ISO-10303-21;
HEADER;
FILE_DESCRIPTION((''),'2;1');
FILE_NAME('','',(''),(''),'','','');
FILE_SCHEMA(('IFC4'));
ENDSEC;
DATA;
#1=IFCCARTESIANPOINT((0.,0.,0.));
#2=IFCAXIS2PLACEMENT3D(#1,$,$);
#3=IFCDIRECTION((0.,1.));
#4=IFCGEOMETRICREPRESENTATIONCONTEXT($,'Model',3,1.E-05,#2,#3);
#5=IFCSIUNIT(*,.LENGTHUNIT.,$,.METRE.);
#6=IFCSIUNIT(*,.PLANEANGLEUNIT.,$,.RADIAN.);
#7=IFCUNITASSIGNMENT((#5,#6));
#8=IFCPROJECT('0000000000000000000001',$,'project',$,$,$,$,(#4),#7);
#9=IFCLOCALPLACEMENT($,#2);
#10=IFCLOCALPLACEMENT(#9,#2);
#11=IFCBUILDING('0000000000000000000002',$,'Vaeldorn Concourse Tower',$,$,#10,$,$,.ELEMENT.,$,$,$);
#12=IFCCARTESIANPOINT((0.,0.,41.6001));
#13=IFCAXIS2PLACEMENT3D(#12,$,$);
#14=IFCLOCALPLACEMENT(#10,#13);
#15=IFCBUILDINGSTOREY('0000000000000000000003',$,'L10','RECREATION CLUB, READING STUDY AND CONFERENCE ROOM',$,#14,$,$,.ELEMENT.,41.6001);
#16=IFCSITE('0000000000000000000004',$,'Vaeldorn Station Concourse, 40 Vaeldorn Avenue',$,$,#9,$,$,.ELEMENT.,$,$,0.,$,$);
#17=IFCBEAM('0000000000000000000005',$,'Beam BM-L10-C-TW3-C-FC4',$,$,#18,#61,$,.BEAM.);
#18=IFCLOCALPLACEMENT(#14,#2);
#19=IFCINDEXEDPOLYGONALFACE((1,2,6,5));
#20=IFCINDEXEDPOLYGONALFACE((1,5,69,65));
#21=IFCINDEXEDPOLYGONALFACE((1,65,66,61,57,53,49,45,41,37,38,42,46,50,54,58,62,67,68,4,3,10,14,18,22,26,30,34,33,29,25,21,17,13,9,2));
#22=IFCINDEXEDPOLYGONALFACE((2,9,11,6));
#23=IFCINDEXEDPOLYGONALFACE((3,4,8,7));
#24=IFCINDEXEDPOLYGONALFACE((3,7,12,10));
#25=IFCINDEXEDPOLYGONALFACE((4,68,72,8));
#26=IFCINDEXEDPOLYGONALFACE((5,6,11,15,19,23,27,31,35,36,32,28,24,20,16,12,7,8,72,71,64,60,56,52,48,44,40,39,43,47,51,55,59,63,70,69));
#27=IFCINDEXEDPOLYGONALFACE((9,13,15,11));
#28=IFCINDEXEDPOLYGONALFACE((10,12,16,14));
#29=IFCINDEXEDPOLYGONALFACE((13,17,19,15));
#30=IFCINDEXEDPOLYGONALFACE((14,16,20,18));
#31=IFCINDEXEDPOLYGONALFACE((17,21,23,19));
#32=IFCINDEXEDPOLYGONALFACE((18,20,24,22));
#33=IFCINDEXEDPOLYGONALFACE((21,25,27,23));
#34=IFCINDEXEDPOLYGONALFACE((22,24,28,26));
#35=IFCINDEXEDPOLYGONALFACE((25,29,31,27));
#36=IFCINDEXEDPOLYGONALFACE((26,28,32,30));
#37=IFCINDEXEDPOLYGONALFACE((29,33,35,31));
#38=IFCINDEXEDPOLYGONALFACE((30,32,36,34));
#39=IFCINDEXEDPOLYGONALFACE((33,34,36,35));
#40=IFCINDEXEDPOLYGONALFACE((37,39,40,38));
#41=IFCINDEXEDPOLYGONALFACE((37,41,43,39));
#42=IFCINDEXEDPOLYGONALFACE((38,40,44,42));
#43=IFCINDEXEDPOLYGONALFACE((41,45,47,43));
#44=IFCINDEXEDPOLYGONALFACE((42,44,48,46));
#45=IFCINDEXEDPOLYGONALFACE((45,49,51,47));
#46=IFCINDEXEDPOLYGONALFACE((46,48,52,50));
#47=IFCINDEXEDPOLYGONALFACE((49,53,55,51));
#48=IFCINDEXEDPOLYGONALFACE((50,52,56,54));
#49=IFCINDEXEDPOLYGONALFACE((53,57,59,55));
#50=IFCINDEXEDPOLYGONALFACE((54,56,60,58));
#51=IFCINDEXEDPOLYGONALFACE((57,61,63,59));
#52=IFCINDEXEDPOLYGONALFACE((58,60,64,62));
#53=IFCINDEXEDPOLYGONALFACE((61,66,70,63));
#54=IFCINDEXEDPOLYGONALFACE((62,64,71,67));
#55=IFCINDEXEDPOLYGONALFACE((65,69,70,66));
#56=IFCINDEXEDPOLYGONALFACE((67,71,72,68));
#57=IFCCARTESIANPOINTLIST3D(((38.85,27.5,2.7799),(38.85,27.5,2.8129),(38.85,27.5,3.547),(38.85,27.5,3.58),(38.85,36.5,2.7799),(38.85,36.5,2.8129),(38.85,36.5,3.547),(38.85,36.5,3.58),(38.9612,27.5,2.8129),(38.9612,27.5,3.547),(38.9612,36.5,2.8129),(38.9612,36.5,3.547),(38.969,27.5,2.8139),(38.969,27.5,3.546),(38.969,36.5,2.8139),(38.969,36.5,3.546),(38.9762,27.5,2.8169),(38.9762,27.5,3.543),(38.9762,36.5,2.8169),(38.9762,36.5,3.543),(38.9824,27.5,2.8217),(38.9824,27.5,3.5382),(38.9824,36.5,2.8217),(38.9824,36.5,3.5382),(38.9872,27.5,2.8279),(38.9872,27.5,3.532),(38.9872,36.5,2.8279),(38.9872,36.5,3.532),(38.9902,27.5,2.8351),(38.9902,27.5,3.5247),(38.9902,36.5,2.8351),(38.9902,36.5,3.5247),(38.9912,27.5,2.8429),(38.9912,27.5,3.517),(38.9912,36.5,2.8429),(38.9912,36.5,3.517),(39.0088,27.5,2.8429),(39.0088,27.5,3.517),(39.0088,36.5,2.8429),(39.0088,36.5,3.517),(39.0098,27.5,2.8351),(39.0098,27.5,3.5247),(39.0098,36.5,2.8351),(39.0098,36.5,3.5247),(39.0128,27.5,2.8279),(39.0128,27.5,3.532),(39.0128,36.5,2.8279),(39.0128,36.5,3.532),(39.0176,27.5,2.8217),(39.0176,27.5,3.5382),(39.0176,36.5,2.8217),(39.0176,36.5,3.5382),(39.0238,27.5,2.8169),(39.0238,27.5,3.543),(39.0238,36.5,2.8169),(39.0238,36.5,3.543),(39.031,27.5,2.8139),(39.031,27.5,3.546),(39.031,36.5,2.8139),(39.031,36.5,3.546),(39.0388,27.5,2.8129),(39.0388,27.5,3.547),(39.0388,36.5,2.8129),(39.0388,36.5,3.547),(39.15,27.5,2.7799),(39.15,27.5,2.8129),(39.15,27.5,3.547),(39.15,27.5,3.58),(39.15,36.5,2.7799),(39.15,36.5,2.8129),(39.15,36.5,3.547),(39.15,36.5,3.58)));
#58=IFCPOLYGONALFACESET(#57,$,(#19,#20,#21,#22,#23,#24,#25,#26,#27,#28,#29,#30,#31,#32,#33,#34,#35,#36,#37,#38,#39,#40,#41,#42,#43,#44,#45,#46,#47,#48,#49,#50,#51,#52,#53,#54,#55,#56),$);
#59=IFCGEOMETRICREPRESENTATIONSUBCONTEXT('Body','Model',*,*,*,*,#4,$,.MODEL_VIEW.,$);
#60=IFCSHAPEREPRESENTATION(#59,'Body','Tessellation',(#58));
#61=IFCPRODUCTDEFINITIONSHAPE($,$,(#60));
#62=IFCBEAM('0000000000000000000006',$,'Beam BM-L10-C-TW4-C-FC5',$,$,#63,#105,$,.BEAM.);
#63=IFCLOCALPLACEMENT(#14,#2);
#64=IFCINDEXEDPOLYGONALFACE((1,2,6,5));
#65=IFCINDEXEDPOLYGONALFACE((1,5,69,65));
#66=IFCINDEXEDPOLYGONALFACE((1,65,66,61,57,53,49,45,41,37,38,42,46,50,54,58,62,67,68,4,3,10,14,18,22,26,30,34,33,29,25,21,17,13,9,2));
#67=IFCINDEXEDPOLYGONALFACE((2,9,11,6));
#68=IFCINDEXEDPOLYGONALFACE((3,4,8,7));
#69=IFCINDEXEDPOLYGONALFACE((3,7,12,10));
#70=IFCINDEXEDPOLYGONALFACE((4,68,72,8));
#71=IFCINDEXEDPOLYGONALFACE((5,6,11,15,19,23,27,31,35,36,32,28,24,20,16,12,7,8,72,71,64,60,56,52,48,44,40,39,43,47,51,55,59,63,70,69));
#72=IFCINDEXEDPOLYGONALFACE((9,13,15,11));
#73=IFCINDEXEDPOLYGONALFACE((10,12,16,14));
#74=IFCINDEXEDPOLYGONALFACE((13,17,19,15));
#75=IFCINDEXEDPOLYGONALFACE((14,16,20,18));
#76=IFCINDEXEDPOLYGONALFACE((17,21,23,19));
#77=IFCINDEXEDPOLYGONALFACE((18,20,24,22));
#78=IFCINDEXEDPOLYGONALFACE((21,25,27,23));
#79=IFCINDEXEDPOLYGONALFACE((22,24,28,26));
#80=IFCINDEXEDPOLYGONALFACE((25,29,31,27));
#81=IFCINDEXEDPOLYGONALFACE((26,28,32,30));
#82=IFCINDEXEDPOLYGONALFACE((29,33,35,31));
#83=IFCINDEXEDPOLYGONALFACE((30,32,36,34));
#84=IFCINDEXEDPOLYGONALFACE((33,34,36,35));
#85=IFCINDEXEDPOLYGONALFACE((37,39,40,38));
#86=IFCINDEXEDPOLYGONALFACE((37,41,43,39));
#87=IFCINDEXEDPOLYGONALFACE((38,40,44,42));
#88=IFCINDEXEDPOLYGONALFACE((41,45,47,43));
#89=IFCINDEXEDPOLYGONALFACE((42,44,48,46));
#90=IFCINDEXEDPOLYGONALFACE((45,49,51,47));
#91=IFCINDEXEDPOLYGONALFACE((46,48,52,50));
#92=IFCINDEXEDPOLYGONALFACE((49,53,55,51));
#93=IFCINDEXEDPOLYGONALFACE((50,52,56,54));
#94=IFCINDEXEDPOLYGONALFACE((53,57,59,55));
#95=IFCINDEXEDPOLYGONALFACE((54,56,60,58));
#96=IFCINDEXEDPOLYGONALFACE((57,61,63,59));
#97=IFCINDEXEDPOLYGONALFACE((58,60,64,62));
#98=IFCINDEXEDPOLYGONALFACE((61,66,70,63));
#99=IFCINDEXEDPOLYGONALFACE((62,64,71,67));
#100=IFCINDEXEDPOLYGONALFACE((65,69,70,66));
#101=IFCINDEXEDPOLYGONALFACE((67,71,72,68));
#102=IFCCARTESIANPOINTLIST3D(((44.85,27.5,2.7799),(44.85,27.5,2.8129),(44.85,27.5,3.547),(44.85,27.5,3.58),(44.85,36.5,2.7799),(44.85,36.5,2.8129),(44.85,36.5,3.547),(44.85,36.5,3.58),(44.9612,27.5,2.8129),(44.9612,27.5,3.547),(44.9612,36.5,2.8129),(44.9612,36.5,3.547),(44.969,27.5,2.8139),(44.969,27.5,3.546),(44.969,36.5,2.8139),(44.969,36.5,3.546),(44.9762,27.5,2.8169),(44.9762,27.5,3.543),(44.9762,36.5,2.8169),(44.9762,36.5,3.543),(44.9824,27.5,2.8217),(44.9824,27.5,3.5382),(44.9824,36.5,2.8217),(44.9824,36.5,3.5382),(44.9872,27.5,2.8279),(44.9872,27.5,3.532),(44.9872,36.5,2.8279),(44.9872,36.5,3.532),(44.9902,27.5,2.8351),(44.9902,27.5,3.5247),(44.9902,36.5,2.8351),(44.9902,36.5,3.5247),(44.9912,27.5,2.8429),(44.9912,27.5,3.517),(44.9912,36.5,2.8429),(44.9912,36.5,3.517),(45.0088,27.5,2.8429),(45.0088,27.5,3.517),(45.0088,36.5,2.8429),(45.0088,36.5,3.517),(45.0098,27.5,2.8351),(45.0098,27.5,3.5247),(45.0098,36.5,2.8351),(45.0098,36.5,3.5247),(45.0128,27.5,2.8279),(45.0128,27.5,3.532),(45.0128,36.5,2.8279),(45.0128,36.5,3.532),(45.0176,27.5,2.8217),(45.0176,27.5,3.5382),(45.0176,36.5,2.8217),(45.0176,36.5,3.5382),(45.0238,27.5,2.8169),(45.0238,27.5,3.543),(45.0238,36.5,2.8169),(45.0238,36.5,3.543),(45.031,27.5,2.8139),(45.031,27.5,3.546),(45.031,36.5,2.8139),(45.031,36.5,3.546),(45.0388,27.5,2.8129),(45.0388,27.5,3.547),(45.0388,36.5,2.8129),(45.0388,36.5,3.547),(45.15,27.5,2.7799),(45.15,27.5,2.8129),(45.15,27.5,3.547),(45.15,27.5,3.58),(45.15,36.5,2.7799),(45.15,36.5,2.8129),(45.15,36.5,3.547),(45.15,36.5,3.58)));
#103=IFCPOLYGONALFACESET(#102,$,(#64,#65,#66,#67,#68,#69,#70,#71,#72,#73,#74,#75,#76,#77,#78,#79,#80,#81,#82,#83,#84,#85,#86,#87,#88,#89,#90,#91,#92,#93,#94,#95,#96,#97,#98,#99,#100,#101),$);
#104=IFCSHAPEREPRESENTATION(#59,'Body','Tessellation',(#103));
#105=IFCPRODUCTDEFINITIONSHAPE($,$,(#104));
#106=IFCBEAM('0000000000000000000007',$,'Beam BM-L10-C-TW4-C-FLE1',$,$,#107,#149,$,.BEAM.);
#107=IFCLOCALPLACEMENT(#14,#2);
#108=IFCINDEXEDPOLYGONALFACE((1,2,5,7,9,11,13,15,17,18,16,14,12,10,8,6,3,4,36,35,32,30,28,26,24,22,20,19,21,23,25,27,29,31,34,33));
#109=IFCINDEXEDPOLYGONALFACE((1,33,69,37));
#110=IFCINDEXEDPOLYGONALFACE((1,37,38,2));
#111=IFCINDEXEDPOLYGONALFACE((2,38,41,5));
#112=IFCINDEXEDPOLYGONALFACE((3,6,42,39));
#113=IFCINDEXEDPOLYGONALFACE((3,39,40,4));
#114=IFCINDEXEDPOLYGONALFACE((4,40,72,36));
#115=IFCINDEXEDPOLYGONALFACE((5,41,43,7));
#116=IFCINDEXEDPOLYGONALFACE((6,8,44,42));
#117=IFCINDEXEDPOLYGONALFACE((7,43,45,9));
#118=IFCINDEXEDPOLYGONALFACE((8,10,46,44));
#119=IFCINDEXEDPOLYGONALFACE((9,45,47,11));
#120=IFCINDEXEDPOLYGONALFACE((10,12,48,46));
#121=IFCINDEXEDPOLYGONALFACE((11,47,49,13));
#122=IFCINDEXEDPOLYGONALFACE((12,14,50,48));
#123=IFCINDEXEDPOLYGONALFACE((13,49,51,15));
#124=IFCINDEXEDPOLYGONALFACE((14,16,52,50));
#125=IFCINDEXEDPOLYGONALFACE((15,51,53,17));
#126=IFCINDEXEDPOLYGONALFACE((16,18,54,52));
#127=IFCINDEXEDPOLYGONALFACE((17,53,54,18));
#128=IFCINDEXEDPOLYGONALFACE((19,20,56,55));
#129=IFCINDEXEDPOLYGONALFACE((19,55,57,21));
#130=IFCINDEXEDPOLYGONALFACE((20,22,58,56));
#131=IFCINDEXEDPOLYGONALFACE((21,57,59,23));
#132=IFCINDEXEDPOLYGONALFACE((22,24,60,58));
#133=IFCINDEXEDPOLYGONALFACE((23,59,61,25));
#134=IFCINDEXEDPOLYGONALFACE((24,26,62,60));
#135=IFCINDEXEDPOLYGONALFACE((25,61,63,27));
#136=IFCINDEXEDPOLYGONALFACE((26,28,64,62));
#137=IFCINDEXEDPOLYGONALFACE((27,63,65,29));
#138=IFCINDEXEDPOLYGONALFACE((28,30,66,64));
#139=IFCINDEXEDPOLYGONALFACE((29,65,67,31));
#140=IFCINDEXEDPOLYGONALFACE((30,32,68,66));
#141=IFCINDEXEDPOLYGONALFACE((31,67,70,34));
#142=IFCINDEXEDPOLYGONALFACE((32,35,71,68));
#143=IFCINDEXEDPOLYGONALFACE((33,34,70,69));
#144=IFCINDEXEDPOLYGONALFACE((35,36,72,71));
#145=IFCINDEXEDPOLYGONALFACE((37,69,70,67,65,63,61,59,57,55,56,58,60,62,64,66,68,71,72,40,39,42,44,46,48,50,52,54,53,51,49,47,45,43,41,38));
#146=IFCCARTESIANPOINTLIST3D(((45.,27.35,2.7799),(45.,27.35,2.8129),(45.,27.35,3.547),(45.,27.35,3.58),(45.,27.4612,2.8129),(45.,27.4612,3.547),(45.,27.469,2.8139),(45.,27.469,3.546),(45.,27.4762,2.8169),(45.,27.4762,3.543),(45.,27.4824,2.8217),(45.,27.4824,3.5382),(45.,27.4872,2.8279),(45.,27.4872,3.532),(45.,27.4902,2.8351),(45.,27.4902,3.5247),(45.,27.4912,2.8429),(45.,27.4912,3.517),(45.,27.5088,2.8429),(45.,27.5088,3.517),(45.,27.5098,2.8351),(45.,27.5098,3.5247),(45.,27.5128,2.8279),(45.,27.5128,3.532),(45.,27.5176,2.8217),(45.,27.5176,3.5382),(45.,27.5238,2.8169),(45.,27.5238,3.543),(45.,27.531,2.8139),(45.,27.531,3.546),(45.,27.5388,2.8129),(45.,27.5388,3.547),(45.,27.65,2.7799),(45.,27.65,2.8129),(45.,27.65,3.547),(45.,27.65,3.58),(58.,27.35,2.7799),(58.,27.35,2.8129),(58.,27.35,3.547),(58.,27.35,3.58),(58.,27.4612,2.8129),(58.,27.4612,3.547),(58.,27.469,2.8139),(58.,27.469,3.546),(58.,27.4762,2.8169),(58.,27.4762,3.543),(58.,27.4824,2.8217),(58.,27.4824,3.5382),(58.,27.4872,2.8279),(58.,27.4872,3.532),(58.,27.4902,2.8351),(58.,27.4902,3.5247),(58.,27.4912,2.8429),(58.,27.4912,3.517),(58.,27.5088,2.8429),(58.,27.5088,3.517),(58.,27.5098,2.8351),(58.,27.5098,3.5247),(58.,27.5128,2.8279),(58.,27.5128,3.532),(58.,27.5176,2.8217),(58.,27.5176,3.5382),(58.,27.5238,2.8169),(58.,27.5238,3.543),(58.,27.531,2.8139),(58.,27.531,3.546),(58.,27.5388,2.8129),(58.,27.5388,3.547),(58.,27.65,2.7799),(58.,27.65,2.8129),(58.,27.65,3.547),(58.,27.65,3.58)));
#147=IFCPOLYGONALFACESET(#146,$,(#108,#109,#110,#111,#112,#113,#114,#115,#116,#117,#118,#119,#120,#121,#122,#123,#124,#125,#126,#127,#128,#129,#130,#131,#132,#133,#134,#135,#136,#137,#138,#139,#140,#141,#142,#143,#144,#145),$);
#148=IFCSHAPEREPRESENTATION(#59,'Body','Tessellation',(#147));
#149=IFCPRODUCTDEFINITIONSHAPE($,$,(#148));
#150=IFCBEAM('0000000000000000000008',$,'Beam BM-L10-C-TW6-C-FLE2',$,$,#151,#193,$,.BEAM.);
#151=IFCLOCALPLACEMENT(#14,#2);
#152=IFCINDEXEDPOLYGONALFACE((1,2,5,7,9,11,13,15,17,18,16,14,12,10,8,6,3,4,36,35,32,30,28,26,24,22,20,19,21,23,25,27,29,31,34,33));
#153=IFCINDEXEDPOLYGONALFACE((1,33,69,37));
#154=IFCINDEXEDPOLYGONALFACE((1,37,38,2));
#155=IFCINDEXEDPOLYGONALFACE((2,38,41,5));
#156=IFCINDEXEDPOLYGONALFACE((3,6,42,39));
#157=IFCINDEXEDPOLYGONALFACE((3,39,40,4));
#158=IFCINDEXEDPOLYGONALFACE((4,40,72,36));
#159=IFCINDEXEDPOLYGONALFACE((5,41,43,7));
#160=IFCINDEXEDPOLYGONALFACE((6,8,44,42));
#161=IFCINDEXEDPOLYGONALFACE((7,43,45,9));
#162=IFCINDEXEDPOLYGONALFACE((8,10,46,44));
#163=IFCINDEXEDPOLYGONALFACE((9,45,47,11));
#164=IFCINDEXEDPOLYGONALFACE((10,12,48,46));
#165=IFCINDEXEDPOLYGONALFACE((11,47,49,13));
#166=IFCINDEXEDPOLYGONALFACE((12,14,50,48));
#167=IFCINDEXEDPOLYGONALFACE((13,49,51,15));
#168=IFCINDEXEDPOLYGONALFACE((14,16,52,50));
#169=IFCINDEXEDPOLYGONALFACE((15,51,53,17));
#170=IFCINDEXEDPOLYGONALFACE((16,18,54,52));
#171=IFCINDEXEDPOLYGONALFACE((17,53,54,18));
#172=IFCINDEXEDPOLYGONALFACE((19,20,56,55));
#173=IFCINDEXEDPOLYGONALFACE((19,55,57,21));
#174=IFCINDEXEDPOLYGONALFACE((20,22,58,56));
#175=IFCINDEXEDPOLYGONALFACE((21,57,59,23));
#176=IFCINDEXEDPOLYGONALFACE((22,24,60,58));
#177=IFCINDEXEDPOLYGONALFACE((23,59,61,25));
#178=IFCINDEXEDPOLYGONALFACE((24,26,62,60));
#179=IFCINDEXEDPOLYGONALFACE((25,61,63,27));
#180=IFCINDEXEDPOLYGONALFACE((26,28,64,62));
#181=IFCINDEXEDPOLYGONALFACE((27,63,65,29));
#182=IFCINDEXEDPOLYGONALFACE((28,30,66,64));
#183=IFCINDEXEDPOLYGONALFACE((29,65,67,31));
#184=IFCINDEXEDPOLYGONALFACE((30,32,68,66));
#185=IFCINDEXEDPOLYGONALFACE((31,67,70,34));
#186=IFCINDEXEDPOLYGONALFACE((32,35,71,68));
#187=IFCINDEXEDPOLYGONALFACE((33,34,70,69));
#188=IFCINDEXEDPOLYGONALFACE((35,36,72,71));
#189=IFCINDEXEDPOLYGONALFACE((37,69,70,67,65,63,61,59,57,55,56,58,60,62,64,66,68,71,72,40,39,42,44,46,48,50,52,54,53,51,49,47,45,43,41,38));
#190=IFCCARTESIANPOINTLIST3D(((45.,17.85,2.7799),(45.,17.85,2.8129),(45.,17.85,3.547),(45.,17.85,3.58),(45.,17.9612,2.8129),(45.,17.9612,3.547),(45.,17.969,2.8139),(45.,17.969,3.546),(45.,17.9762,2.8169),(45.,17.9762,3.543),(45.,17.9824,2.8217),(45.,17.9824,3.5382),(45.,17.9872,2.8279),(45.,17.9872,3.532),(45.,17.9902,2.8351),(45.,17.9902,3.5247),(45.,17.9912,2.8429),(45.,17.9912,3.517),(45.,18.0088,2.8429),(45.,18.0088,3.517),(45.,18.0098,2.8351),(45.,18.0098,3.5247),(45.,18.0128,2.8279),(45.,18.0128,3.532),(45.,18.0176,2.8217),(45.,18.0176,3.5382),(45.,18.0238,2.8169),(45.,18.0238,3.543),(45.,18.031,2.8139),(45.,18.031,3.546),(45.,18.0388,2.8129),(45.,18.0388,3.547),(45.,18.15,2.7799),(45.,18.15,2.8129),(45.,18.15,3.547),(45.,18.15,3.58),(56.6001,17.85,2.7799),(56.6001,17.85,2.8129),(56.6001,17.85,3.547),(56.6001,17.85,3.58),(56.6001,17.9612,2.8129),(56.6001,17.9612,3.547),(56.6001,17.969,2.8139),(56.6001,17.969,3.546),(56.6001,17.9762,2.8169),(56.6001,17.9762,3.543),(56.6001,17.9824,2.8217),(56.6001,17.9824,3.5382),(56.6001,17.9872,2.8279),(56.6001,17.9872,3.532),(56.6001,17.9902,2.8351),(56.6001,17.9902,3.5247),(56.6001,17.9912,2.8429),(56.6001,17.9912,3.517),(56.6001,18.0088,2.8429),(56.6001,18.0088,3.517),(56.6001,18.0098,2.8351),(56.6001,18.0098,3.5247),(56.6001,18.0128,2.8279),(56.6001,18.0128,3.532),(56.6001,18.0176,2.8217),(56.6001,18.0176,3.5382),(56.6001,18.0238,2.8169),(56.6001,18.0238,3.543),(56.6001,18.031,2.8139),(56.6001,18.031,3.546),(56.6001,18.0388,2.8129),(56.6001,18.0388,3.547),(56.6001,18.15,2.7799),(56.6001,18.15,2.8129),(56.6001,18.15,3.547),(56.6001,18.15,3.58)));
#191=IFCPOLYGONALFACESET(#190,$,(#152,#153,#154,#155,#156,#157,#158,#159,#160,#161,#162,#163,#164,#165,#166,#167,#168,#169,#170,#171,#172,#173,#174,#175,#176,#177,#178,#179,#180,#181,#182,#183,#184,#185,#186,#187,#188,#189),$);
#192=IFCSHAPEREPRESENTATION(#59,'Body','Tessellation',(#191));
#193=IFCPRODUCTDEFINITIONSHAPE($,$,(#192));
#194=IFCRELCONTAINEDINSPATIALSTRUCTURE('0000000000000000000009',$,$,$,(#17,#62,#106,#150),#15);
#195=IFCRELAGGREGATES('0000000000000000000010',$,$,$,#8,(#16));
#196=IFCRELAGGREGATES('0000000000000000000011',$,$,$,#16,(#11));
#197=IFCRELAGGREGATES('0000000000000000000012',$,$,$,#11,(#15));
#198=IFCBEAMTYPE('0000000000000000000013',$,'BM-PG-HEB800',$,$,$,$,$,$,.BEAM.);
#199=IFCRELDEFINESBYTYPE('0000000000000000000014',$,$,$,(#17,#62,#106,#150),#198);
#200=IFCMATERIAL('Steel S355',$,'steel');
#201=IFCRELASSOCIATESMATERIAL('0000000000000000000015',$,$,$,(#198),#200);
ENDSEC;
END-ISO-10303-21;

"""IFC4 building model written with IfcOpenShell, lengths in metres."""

from ifc_helpers import new_model, si_unit, direction, frame, origin, origin_2d, place, context, subcontext, project, spatial, i_section, extrude, source, transform, mapped, material, material_profile, profile_set, type_object, element, save


model = new_model("IFC4")

# Units and contexts
model_context = context("Model", 3, precision=1e-05, world=origin(), true_north=direction((0.0, 1.0)))
body_context = subcontext(model_context, "Body", "Model", "MODEL_VIEW")
ifc_project = project(units=[si_unit("LENGTHUNIT", "METRE"), si_unit("PLANEANGLEUNIT", "RADIAN")], contexts=[model_context])

# Site, building, storey
site_placement = place(None, origin())
site = spatial("IfcSite", under=ifc_project, at=site_placement, Name="Vaeldorn Station Concourse, 40 Vaeldorn Avenue", CompositionType="ELEMENT", RefElevation=0.0)
building_placement = place(site_placement, origin())
building = spatial("IfcBuilding", under=site, at=building_placement, Name="Vaeldorn Concourse Tower", CompositionType="ELEMENT")
storey_placement = place(building_placement, frame((0.0, 0.0, 41.6001)))
storey = spatial("IfcBuildingStorey", under=building, at=storey_placement, Name="L10", Description="RECREATION CLUB, READING STUDY AND CONFERENCE ROOM", CompositionType="ELEMENT", Elevation=41.6001)

# Beams
ifc_material_1 = material(Name="Steel S355", Category="steel")
ifc_material_profile_1 = material_profile(ifc_material_1, i_section(OverallWidth=0.3, OverallDepth=0.8, WebThickness=0.0176, FlangeThickness=0.033, FilletRadius=0.03, at=origin_2d()), Name="HEB 800")
ifc_profile_set_1 = profile_set([ifc_material_profile_1], Name="Steel S355")
beam_type_1 = type_object("IfcBeamType", Name="BM-PG-HEB800", PredefinedType="BEAM", material=ifc_profile_set_1)
shared_shape_1 = source(origin(), body_context, "Body", "SweptSolid", [
    extrude(i_section(OverallWidth=0.3, OverallDepth=0.8, WebThickness=0.0176, FlangeThickness=0.033, FilletRadius=0.03, at=origin_2d()), origin(), (0.0, 0.0, 1.0), 9.0),
])
for number, where, z_axis, x_axis, name in (
    (1, (39.0, 27.5, 3.1799), (0.0, 1.0, 0.0), (-1.0, 0.0, 0.0), "Beam BM-L10-C-TW3-C-FC4"),
    (2, (45.0, 27.5, 3.1799), (0.0, 1.0, 0.0), (-1.0, 0.0, 0.0), "Beam BM-L10-C-TW4-C-FC5"),
):
    element("IfcBeam", number, at=place(storey_placement, frame(where, z_axis=z_axis, x_axis=x_axis)), inside=storey, type_object=beam_type_1, Name=name, PredefinedType="BEAM", context=body_context, shape_type="MappedRepresentation", body=[
        mapped(shared_shape_1, transform((0.0, 0.0, 0.0), scale=1.0)),
    ])
shared_shape_2 = source(origin(), body_context, "Body", "SweptSolid", [
    extrude(i_section(OverallWidth=0.3, OverallDepth=0.8, WebThickness=0.0176, FlangeThickness=0.033, FilletRadius=0.03, at=origin_2d()), origin(), (0.0, 0.0, 1.0), 13.0),
])
beam_1_placement = place(storey_placement, frame((45.0, 27.5, 3.1799), z_axis=(1.0, 0.0, 0.0), x_axis=(0.0, 1.0, 0.0)))
element("IfcBeam", 3, at=beam_1_placement, inside=storey, type_object=beam_type_1, Name="Beam BM-L10-C-TW4-C-FLE1", PredefinedType="BEAM", context=body_context, shape_type="MappedRepresentation", body=[
    mapped(shared_shape_2, transform((0.0, 0.0, 0.0), scale=1.0)),
])
shared_shape_3 = source(origin(), body_context, "Body", "SweptSolid", [
    extrude(i_section(OverallWidth=0.3, OverallDepth=0.8, WebThickness=0.0176, FlangeThickness=0.033, FilletRadius=0.03, at=origin_2d()), origin(), (0.0, 0.0, 1.0), 11.6001),
])
beam_2_placement = place(storey_placement, frame((45.0, 18.0, 3.1799), z_axis=(1.0, 0.0, 0.0), x_axis=(0.0, 1.0, 0.0)))
element("IfcBeam", 4, at=beam_2_placement, inside=storey, type_object=beam_type_1, Name="Beam BM-L10-C-TW6-C-FLE2", PredefinedType="BEAM", context=body_context, shape_type="MappedRepresentation", body=[
    mapped(shared_shape_3, transform((0.0, 0.0, 0.0), scale=1.0)),
])

save(model, "model.ifc")
